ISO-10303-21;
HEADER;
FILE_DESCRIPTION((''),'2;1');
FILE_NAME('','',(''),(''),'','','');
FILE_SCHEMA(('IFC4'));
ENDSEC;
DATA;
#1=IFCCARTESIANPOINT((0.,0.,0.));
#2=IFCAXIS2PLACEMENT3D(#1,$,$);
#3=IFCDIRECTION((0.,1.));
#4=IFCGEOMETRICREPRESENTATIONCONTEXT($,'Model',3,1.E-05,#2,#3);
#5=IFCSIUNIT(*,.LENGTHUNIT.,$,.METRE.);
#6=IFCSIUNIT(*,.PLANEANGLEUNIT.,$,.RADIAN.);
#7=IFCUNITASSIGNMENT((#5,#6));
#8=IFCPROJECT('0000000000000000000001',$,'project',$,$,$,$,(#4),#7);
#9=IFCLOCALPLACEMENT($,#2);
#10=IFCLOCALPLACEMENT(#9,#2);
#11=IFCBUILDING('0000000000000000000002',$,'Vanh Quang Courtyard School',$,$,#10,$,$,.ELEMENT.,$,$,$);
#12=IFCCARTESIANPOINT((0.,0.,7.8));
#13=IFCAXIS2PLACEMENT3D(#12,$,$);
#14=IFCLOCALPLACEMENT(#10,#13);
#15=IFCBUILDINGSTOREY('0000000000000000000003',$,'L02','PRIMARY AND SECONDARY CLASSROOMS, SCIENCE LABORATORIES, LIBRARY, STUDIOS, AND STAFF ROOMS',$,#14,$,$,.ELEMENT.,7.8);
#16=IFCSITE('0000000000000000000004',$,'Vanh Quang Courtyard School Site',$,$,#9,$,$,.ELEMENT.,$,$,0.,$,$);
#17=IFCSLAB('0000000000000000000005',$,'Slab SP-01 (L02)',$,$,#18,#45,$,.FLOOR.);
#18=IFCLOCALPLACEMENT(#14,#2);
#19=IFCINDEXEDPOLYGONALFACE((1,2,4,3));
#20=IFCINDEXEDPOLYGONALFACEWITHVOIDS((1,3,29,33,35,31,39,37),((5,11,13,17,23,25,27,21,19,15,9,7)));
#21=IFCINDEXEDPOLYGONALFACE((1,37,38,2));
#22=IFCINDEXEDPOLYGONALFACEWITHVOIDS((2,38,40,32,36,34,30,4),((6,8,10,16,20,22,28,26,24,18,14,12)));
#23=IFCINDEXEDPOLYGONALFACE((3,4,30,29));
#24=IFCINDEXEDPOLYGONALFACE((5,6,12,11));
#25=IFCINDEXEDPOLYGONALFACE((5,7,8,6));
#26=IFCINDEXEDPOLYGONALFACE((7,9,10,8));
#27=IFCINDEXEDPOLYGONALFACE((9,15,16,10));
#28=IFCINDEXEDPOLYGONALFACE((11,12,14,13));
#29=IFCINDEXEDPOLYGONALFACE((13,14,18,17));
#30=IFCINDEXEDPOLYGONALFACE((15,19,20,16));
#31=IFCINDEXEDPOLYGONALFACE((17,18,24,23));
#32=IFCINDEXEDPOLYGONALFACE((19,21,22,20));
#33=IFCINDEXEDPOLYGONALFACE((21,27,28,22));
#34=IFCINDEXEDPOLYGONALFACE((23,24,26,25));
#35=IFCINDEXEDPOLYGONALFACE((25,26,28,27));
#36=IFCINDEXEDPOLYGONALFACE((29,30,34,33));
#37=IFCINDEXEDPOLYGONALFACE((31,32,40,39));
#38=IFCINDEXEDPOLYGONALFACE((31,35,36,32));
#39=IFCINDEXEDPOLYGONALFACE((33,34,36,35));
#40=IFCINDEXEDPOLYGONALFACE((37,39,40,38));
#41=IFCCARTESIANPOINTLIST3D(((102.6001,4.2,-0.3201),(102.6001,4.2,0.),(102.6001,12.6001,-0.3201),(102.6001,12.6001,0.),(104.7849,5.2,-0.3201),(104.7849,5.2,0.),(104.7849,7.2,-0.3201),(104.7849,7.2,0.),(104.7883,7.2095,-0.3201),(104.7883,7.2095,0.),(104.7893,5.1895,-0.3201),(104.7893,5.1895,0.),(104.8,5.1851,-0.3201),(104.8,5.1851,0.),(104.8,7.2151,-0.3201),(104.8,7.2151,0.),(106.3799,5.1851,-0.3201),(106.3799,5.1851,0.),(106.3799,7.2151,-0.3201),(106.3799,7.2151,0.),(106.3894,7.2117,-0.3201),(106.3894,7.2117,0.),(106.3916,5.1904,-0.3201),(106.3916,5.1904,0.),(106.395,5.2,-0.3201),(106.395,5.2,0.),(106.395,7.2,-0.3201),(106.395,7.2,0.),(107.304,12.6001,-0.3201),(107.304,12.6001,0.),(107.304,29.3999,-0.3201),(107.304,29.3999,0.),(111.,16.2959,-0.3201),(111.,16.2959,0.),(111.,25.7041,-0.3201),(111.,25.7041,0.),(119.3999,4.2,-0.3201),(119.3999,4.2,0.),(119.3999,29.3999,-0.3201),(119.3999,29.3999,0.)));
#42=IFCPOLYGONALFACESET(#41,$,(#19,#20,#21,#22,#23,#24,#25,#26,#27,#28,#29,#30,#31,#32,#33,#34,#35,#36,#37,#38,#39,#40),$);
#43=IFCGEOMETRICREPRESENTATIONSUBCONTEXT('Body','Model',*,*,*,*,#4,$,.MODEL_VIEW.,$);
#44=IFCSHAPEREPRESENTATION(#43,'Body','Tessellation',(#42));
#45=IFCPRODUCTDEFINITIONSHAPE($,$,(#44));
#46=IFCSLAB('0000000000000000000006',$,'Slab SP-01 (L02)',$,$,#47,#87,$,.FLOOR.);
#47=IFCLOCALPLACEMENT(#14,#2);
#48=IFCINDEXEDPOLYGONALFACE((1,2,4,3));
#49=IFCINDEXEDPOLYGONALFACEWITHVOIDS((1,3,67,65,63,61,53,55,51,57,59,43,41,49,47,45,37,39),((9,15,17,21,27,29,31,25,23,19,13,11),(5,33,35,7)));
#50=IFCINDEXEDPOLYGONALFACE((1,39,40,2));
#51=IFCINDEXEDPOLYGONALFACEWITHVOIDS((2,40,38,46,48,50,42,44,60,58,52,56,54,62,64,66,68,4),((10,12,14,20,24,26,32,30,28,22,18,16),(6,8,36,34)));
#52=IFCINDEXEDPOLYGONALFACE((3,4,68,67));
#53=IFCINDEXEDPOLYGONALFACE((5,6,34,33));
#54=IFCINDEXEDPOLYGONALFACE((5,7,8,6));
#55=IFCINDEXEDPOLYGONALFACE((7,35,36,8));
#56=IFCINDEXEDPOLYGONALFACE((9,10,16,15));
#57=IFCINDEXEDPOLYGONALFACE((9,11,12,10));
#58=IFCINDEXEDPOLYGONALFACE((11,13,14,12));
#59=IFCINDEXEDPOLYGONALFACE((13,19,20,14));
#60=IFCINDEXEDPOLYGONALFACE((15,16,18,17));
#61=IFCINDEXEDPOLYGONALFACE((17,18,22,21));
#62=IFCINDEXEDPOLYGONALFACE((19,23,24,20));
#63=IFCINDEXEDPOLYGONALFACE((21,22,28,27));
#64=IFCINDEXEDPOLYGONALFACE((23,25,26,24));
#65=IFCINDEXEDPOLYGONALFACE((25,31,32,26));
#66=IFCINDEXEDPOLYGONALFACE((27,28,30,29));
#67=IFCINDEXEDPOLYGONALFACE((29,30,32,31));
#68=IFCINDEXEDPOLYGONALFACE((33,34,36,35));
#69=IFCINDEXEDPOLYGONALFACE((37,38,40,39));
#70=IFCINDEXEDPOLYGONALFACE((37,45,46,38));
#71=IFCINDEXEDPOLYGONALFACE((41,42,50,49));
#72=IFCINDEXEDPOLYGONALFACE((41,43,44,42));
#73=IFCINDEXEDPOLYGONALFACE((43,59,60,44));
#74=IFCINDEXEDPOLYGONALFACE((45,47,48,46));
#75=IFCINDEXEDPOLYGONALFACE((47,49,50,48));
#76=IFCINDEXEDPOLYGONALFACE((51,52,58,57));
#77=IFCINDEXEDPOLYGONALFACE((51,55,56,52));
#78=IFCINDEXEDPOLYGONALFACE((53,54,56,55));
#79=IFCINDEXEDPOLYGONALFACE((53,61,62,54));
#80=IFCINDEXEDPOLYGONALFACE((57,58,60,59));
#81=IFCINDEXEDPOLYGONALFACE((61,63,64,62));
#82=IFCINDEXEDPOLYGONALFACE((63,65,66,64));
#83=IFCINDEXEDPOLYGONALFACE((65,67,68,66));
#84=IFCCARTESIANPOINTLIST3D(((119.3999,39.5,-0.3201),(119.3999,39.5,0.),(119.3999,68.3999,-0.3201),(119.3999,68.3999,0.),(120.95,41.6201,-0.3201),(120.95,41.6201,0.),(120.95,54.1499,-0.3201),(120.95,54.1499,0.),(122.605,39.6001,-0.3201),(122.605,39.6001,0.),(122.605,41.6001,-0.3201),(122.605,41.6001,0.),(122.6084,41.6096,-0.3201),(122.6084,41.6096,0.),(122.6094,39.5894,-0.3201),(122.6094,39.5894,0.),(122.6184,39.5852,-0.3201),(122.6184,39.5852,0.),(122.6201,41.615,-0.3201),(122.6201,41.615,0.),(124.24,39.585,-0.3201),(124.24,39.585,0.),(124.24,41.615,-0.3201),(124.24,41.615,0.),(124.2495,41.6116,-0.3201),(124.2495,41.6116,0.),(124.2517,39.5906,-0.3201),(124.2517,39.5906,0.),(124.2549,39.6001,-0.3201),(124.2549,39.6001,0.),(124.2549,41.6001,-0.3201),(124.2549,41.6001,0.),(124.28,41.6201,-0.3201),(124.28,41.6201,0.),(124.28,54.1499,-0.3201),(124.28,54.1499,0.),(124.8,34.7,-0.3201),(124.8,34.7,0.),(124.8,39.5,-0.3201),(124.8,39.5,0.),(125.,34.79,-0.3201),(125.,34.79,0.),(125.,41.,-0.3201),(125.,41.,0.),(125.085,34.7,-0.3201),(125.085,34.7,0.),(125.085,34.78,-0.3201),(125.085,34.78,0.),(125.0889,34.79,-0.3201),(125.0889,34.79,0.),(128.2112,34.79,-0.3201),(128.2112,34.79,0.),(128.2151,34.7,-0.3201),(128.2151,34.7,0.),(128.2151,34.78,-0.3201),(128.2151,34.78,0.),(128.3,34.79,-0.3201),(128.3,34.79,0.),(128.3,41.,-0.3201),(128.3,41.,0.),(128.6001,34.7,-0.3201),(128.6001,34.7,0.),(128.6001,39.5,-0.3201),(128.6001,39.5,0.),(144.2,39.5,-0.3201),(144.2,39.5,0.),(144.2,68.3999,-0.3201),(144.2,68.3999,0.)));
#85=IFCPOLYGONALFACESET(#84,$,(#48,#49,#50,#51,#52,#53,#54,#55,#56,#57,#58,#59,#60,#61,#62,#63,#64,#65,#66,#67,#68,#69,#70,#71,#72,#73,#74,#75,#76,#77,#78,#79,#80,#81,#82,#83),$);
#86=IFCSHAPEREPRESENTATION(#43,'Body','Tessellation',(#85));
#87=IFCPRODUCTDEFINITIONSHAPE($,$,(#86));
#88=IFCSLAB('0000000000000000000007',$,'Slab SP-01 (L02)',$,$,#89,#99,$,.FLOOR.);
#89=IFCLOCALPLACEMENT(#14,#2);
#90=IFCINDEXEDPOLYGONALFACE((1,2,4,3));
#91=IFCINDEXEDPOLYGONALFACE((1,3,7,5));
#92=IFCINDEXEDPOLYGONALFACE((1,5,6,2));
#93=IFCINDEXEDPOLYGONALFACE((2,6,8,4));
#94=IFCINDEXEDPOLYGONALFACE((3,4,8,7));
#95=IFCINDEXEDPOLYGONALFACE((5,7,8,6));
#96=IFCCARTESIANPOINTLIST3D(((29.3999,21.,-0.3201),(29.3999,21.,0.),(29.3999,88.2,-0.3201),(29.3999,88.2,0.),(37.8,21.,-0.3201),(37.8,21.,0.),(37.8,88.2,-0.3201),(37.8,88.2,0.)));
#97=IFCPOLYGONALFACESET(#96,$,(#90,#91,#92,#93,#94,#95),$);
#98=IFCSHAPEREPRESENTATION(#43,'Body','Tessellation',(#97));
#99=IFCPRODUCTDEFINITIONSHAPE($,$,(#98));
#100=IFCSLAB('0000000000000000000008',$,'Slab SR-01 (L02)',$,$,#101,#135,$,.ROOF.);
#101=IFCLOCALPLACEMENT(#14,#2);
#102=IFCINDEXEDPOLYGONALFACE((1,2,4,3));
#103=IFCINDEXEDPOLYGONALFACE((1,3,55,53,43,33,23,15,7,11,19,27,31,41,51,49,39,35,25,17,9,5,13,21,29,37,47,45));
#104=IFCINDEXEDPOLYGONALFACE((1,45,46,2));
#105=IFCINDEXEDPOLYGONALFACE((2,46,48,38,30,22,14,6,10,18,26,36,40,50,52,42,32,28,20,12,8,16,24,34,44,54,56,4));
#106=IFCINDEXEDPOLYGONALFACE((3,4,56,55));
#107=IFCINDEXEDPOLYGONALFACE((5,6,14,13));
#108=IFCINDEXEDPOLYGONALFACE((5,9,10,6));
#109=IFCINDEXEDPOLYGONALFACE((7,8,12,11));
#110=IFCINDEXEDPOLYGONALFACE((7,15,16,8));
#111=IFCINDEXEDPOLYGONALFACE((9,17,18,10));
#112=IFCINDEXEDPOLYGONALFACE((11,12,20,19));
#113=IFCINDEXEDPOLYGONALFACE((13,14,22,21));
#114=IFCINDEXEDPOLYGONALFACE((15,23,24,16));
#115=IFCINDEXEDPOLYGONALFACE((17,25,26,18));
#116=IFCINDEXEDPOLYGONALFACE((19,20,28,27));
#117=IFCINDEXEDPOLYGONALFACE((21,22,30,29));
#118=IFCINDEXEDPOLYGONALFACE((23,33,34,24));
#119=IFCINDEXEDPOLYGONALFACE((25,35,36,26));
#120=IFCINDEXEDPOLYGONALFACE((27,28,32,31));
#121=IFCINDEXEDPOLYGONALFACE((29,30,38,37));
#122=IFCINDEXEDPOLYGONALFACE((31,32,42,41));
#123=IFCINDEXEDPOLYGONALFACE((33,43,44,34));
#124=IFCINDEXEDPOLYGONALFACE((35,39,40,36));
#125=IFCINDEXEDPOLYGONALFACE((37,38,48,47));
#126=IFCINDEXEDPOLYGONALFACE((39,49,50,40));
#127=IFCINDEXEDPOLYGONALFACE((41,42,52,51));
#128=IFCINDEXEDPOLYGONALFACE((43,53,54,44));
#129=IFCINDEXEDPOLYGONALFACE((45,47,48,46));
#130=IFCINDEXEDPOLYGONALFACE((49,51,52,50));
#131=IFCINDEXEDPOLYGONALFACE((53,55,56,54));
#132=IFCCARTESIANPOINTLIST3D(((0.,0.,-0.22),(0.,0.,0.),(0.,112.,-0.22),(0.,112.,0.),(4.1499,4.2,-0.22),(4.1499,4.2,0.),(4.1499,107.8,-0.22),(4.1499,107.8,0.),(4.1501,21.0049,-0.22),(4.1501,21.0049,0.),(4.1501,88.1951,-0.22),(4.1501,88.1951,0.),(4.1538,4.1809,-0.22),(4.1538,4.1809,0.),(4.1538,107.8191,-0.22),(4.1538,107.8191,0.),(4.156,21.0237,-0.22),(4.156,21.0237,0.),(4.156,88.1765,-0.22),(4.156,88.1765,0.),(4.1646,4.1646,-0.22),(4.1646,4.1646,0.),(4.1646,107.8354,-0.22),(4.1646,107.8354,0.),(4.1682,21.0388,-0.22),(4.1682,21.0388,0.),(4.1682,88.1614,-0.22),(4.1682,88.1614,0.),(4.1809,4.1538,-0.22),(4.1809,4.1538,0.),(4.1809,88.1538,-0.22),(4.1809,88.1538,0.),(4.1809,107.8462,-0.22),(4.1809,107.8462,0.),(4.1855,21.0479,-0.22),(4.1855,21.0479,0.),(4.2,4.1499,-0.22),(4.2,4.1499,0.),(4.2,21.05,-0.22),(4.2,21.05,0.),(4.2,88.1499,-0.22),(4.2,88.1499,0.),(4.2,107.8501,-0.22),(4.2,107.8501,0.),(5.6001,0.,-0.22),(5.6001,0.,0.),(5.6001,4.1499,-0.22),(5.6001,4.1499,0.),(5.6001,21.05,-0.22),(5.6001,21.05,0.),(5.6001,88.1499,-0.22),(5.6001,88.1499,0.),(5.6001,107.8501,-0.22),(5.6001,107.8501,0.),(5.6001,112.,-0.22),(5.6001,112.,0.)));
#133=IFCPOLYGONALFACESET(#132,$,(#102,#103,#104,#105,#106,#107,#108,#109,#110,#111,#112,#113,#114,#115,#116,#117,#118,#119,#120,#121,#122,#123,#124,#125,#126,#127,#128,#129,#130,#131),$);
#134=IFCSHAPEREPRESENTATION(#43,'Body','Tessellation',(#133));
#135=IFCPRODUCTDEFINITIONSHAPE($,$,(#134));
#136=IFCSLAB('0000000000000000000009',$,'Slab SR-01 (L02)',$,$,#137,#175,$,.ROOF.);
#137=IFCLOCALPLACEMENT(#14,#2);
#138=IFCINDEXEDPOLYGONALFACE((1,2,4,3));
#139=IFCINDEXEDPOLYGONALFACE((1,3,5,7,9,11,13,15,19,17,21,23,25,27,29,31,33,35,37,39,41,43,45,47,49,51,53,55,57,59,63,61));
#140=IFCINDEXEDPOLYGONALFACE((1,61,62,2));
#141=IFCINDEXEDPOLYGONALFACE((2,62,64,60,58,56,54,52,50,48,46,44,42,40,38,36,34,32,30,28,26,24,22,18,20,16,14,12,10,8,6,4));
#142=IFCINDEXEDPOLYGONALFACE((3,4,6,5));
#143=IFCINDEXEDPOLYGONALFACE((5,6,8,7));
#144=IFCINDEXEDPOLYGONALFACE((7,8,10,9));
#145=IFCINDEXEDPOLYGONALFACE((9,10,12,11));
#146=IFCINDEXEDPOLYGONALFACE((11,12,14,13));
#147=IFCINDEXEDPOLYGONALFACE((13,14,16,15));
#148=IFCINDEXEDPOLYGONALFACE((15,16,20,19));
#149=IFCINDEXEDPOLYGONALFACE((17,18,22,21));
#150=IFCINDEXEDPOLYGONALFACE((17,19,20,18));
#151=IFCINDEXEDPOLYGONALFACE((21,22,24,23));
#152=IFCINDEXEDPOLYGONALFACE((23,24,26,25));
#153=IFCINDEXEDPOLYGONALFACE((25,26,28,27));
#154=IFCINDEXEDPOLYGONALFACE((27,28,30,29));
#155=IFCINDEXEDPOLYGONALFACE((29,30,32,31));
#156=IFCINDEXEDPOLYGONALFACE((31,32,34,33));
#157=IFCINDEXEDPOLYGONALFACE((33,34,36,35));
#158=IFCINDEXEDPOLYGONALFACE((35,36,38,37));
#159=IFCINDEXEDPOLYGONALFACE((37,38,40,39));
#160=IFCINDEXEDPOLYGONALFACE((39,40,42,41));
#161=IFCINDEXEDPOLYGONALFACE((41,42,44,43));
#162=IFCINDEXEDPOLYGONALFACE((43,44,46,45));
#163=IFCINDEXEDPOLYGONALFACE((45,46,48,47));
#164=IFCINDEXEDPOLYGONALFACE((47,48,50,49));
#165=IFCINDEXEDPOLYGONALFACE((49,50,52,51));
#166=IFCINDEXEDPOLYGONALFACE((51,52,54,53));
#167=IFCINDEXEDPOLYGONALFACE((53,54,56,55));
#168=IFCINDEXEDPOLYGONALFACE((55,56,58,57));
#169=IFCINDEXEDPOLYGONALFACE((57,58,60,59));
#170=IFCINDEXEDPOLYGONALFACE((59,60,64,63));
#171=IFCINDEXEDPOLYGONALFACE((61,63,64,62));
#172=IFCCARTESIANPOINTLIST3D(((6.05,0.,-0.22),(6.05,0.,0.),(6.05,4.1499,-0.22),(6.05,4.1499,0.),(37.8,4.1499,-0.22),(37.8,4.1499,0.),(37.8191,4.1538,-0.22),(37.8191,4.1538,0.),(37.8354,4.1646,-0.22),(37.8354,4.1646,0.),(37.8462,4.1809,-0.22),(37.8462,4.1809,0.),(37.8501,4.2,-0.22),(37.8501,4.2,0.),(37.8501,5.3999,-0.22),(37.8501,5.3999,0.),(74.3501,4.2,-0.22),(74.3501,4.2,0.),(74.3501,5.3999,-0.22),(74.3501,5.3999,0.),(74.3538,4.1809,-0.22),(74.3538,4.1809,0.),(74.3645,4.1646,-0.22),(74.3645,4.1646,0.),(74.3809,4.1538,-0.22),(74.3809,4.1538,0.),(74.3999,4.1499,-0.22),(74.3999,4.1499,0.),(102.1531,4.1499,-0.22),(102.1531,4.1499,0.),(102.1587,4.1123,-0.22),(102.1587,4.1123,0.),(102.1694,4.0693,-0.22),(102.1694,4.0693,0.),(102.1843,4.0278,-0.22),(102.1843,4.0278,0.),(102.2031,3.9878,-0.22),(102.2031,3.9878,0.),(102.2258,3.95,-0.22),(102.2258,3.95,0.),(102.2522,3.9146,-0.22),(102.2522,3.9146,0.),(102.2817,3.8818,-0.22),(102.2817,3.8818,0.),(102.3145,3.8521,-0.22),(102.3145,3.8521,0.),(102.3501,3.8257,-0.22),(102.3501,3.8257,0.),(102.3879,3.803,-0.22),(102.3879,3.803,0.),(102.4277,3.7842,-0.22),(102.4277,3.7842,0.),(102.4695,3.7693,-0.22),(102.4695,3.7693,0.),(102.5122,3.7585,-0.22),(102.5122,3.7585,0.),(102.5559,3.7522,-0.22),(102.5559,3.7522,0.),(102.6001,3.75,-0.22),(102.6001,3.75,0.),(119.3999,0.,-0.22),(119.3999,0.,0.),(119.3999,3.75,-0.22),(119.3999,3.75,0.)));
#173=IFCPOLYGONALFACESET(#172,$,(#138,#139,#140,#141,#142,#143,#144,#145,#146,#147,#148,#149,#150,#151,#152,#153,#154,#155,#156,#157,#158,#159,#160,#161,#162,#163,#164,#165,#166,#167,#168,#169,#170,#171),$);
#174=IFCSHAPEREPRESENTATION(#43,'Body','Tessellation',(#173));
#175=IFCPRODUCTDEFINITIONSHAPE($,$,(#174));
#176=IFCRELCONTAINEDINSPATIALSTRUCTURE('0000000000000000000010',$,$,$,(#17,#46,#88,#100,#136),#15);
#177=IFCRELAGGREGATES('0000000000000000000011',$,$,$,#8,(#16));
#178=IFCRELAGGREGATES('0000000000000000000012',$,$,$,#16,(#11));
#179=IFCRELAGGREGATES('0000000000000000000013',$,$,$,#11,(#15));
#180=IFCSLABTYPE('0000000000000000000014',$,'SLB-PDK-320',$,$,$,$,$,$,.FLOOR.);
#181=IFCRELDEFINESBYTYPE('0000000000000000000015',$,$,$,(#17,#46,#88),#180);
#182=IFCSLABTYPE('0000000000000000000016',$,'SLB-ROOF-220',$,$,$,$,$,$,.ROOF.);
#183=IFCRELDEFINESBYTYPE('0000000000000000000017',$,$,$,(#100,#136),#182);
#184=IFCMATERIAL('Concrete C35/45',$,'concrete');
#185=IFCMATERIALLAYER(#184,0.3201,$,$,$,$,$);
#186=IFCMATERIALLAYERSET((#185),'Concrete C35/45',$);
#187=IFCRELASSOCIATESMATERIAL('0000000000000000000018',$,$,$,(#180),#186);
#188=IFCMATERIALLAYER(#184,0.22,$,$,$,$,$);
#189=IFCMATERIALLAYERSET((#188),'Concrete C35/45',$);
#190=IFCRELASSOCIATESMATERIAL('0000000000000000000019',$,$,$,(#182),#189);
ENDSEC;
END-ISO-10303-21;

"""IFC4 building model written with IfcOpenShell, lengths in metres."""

from ifc_helpers import new_model, si_unit, direction, frame, origin, place, context, subcontext, project, spatial, polyline, outline, extrude, material, layer, layer_set, type_object, element, save


model = new_model("IFC4")

# Units and contexts
model_context = context("Model", 3, precision=1e-05, world=origin(), true_north=direction((0.0, 1.0)))
body_context = subcontext(model_context, "Body", "Model", "MODEL_VIEW")
ifc_project = project(units=[si_unit("LENGTHUNIT", "METRE"), si_unit("PLANEANGLEUNIT", "RADIAN")], contexts=[model_context])

# Site, building, storey
site_placement = place(None, origin())
site = spatial("IfcSite", under=ifc_project, at=site_placement, Name="Vanh Quang Courtyard School Site", CompositionType="ELEMENT", RefElevation=0.0)
building_placement = place(site_placement, origin())
building = spatial("IfcBuilding", under=site, at=building_placement, Name="Vanh Quang Courtyard School", CompositionType="ELEMENT")
storey_placement = place(building_placement, frame((0.0, 0.0, 7.8)))
storey = spatial("IfcBuildingStorey", under=building, at=storey_placement, Name="L02", Description="PRIMARY AND SECONDARY CLASSROOMS, SCIENCE LABORATORIES, LIBRARY, STUDIOS, AND STAFF ROOMS", CompositionType="ELEMENT", Elevation=7.8)

# Shared definitions
ifc_material_1 = material(Name="Concrete C35/45", Category="concrete")

# Slabs
ifc_layer_1 = layer(ifc_material_1, 0.3201)
ifc_layer_set_1 = layer_set([ifc_layer_1], Name="Concrete C35/45")
slab_type_1 = type_object("IfcSlabType", Name="SLB-PDK-320", PredefinedType="FLOOR", material=ifc_layer_set_1)
slab_1_placement = place(storey_placement, frame((0.0, 0.0, -0.3201)))
element("IfcSlab", 1, at=slab_1_placement, inside=storey, type_object=slab_type_1, Name="Slab SP-01 (L02)", PredefinedType="FLOOR", context=body_context, shape_type="SweptSolid", body=[
    extrude(outline(polyline([(119.3999, 29.3999), (107.304, 29.3999), (111.0, 25.7041), (111.0, 16.2959), (107.304, 12.6001), (102.6001, 12.6001), (102.6001, 4.2), (119.3999, 4.2), (119.3999, 29.3999)]), holes=[polyline([(104.7893, 5.1895), (104.7849, 5.2), (104.7849, 7.2), (104.7883, 7.2095), (104.8, 7.2151), (106.3799, 7.2151), (106.3894, 7.2117), (106.395, 7.2), (106.395, 5.2), (106.3916, 5.1904), (106.3799, 5.1851), (104.8, 5.1851), (104.7893, 5.1895)])]), origin(), (0.0, 0.0, 1.0), 0.3201),
])
slab_2_placement = place(storey_placement, frame((0.0, 0.0, -0.3201)))
element("IfcSlab", 2, at=slab_2_placement, inside=storey, type_object=slab_type_1, Name="Slab SP-01 (L02)", PredefinedType="FLOOR", context=body_context, shape_type="SweptSolid", body=[
    extrude(outline(polyline([(119.3999, 68.3999), (119.3999, 39.5), (124.8, 39.5), (124.8, 34.7), (125.085, 34.7), (125.085, 34.78), (125.0889, 34.79), (125.0, 34.79), (125.0, 41.0), (128.3, 41.0), (128.3, 34.79), (128.2112, 34.79), (128.2151, 34.78), (128.2151, 34.7), (128.6001, 34.7), (128.6001, 39.5), (144.2, 39.5), (144.2, 68.3999), (119.3999, 68.3999)]), holes=[polyline([(122.6094, 39.5894), (122.605, 39.6001), (122.605, 41.6001), (122.6084, 41.6096), (122.6201, 41.615), (124.24, 41.615), (124.2495, 41.6116), (124.2549, 41.6001), (124.2549, 39.6001), (124.2517, 39.5906), (124.24, 39.585), (122.6184, 39.5852), (122.6094, 39.5894)]), polyline([(124.28, 54.1499), (124.28, 41.6201), (120.95, 41.6201), (120.95, 54.1499), (124.28, 54.1499)])]), origin(), (0.0, 0.0, 1.0), 0.3201),
])
slab_3_placement = place(storey_placement, frame((0.0, 0.0, -0.3201)))
element("IfcSlab", 3, at=slab_3_placement, inside=storey, type_object=slab_type_1, Name="Slab SP-01 (L02)", PredefinedType="FLOOR", context=body_context, shape_type="SweptSolid", body=[
    extrude(outline(polyline([(29.3999, 21.0), (37.8, 21.0), (37.8, 88.2), (29.3999, 88.2), (29.3999, 21.0)])), origin(), (0.0, 0.0, 1.0), 0.3201),
])
ifc_layer_2 = layer(ifc_material_1, 0.22)
ifc_layer_set_2 = layer_set([ifc_layer_2], Name="Concrete C35/45")
slab_type_2 = type_object("IfcSlabType", Name="SLB-ROOF-220", PredefinedType="ROOF", material=ifc_layer_set_2)
slab_4_placement = place(storey_placement, frame((0.0, 0.0, -0.22)))
element("IfcSlab", 4, at=slab_4_placement, inside=storey, type_object=slab_type_2, Name="Slab SR-01 (L02)", PredefinedType="ROOF", context=body_context, shape_type="SweptSolid", body=[
    extrude(outline(polyline([(0.0, 0.0), (5.6001, 0.0), (5.6001, 4.1499), (4.2, 4.1499), (4.1809, 4.1538), (4.1646, 4.1646), (4.1538, 4.1809), (4.1499, 4.2), (4.1501, 21.0049), (4.156, 21.0237), (4.1682, 21.0388), (4.1855, 21.0479), (4.2, 21.05), (5.6001, 21.05), (5.6001, 88.1499), (4.2, 88.1499), (4.1809, 88.1538), (4.1682, 88.1614), (4.156, 88.1765), (4.1501, 88.1951), (4.1499, 107.8), (4.1538, 107.8191), (4.1646, 107.8354), (4.1809, 107.8462), (4.2, 107.8501), (5.6001, 107.8501), (5.6001, 112.0), (0.0, 112.0), (0.0, 0.0)])), origin(), (0.0, 0.0, 1.0), 0.22),
])
slab_5_placement = place(storey_placement, frame((0.0, 0.0, -0.22)))
element("IfcSlab", 5, at=slab_5_placement, inside=storey, type_object=slab_type_2, Name="Slab SR-01 (L02)", PredefinedType="ROOF", context=body_context, shape_type="SweptSolid", body=[
    extrude(outline(polyline([(119.3999, 0.0), (119.3999, 3.75), (102.6001, 3.75), (102.5559, 3.7522), (102.5122, 3.7585), (102.4695, 3.7693), (102.4277, 3.7842), (102.3879, 3.803), (102.3501, 3.8257), (102.3145, 3.8521), (102.2817, 3.8818), (102.2522, 3.9146), (102.2258, 3.95), (102.2031, 3.9878), (102.1843, 4.0278), (102.1694, 4.0693), (102.1587, 4.1123), (102.1531, 4.1499), (74.3999, 4.1499), (74.3809, 4.1538), (74.3645, 4.1646), (74.3538, 4.1809), (74.3501, 4.2), (74.3501, 5.3999), (37.8501, 5.3999), (37.8501, 4.2), (37.8462, 4.1809), (37.8354, 4.1646), (37.8191, 4.1538), (37.8, 4.1499), (6.05, 4.1499), (6.05, 0.0), (119.3999, 0.0)])), origin(), (0.0, 0.0, 1.0), 0.22),
])

save(model, "model.ifc")
